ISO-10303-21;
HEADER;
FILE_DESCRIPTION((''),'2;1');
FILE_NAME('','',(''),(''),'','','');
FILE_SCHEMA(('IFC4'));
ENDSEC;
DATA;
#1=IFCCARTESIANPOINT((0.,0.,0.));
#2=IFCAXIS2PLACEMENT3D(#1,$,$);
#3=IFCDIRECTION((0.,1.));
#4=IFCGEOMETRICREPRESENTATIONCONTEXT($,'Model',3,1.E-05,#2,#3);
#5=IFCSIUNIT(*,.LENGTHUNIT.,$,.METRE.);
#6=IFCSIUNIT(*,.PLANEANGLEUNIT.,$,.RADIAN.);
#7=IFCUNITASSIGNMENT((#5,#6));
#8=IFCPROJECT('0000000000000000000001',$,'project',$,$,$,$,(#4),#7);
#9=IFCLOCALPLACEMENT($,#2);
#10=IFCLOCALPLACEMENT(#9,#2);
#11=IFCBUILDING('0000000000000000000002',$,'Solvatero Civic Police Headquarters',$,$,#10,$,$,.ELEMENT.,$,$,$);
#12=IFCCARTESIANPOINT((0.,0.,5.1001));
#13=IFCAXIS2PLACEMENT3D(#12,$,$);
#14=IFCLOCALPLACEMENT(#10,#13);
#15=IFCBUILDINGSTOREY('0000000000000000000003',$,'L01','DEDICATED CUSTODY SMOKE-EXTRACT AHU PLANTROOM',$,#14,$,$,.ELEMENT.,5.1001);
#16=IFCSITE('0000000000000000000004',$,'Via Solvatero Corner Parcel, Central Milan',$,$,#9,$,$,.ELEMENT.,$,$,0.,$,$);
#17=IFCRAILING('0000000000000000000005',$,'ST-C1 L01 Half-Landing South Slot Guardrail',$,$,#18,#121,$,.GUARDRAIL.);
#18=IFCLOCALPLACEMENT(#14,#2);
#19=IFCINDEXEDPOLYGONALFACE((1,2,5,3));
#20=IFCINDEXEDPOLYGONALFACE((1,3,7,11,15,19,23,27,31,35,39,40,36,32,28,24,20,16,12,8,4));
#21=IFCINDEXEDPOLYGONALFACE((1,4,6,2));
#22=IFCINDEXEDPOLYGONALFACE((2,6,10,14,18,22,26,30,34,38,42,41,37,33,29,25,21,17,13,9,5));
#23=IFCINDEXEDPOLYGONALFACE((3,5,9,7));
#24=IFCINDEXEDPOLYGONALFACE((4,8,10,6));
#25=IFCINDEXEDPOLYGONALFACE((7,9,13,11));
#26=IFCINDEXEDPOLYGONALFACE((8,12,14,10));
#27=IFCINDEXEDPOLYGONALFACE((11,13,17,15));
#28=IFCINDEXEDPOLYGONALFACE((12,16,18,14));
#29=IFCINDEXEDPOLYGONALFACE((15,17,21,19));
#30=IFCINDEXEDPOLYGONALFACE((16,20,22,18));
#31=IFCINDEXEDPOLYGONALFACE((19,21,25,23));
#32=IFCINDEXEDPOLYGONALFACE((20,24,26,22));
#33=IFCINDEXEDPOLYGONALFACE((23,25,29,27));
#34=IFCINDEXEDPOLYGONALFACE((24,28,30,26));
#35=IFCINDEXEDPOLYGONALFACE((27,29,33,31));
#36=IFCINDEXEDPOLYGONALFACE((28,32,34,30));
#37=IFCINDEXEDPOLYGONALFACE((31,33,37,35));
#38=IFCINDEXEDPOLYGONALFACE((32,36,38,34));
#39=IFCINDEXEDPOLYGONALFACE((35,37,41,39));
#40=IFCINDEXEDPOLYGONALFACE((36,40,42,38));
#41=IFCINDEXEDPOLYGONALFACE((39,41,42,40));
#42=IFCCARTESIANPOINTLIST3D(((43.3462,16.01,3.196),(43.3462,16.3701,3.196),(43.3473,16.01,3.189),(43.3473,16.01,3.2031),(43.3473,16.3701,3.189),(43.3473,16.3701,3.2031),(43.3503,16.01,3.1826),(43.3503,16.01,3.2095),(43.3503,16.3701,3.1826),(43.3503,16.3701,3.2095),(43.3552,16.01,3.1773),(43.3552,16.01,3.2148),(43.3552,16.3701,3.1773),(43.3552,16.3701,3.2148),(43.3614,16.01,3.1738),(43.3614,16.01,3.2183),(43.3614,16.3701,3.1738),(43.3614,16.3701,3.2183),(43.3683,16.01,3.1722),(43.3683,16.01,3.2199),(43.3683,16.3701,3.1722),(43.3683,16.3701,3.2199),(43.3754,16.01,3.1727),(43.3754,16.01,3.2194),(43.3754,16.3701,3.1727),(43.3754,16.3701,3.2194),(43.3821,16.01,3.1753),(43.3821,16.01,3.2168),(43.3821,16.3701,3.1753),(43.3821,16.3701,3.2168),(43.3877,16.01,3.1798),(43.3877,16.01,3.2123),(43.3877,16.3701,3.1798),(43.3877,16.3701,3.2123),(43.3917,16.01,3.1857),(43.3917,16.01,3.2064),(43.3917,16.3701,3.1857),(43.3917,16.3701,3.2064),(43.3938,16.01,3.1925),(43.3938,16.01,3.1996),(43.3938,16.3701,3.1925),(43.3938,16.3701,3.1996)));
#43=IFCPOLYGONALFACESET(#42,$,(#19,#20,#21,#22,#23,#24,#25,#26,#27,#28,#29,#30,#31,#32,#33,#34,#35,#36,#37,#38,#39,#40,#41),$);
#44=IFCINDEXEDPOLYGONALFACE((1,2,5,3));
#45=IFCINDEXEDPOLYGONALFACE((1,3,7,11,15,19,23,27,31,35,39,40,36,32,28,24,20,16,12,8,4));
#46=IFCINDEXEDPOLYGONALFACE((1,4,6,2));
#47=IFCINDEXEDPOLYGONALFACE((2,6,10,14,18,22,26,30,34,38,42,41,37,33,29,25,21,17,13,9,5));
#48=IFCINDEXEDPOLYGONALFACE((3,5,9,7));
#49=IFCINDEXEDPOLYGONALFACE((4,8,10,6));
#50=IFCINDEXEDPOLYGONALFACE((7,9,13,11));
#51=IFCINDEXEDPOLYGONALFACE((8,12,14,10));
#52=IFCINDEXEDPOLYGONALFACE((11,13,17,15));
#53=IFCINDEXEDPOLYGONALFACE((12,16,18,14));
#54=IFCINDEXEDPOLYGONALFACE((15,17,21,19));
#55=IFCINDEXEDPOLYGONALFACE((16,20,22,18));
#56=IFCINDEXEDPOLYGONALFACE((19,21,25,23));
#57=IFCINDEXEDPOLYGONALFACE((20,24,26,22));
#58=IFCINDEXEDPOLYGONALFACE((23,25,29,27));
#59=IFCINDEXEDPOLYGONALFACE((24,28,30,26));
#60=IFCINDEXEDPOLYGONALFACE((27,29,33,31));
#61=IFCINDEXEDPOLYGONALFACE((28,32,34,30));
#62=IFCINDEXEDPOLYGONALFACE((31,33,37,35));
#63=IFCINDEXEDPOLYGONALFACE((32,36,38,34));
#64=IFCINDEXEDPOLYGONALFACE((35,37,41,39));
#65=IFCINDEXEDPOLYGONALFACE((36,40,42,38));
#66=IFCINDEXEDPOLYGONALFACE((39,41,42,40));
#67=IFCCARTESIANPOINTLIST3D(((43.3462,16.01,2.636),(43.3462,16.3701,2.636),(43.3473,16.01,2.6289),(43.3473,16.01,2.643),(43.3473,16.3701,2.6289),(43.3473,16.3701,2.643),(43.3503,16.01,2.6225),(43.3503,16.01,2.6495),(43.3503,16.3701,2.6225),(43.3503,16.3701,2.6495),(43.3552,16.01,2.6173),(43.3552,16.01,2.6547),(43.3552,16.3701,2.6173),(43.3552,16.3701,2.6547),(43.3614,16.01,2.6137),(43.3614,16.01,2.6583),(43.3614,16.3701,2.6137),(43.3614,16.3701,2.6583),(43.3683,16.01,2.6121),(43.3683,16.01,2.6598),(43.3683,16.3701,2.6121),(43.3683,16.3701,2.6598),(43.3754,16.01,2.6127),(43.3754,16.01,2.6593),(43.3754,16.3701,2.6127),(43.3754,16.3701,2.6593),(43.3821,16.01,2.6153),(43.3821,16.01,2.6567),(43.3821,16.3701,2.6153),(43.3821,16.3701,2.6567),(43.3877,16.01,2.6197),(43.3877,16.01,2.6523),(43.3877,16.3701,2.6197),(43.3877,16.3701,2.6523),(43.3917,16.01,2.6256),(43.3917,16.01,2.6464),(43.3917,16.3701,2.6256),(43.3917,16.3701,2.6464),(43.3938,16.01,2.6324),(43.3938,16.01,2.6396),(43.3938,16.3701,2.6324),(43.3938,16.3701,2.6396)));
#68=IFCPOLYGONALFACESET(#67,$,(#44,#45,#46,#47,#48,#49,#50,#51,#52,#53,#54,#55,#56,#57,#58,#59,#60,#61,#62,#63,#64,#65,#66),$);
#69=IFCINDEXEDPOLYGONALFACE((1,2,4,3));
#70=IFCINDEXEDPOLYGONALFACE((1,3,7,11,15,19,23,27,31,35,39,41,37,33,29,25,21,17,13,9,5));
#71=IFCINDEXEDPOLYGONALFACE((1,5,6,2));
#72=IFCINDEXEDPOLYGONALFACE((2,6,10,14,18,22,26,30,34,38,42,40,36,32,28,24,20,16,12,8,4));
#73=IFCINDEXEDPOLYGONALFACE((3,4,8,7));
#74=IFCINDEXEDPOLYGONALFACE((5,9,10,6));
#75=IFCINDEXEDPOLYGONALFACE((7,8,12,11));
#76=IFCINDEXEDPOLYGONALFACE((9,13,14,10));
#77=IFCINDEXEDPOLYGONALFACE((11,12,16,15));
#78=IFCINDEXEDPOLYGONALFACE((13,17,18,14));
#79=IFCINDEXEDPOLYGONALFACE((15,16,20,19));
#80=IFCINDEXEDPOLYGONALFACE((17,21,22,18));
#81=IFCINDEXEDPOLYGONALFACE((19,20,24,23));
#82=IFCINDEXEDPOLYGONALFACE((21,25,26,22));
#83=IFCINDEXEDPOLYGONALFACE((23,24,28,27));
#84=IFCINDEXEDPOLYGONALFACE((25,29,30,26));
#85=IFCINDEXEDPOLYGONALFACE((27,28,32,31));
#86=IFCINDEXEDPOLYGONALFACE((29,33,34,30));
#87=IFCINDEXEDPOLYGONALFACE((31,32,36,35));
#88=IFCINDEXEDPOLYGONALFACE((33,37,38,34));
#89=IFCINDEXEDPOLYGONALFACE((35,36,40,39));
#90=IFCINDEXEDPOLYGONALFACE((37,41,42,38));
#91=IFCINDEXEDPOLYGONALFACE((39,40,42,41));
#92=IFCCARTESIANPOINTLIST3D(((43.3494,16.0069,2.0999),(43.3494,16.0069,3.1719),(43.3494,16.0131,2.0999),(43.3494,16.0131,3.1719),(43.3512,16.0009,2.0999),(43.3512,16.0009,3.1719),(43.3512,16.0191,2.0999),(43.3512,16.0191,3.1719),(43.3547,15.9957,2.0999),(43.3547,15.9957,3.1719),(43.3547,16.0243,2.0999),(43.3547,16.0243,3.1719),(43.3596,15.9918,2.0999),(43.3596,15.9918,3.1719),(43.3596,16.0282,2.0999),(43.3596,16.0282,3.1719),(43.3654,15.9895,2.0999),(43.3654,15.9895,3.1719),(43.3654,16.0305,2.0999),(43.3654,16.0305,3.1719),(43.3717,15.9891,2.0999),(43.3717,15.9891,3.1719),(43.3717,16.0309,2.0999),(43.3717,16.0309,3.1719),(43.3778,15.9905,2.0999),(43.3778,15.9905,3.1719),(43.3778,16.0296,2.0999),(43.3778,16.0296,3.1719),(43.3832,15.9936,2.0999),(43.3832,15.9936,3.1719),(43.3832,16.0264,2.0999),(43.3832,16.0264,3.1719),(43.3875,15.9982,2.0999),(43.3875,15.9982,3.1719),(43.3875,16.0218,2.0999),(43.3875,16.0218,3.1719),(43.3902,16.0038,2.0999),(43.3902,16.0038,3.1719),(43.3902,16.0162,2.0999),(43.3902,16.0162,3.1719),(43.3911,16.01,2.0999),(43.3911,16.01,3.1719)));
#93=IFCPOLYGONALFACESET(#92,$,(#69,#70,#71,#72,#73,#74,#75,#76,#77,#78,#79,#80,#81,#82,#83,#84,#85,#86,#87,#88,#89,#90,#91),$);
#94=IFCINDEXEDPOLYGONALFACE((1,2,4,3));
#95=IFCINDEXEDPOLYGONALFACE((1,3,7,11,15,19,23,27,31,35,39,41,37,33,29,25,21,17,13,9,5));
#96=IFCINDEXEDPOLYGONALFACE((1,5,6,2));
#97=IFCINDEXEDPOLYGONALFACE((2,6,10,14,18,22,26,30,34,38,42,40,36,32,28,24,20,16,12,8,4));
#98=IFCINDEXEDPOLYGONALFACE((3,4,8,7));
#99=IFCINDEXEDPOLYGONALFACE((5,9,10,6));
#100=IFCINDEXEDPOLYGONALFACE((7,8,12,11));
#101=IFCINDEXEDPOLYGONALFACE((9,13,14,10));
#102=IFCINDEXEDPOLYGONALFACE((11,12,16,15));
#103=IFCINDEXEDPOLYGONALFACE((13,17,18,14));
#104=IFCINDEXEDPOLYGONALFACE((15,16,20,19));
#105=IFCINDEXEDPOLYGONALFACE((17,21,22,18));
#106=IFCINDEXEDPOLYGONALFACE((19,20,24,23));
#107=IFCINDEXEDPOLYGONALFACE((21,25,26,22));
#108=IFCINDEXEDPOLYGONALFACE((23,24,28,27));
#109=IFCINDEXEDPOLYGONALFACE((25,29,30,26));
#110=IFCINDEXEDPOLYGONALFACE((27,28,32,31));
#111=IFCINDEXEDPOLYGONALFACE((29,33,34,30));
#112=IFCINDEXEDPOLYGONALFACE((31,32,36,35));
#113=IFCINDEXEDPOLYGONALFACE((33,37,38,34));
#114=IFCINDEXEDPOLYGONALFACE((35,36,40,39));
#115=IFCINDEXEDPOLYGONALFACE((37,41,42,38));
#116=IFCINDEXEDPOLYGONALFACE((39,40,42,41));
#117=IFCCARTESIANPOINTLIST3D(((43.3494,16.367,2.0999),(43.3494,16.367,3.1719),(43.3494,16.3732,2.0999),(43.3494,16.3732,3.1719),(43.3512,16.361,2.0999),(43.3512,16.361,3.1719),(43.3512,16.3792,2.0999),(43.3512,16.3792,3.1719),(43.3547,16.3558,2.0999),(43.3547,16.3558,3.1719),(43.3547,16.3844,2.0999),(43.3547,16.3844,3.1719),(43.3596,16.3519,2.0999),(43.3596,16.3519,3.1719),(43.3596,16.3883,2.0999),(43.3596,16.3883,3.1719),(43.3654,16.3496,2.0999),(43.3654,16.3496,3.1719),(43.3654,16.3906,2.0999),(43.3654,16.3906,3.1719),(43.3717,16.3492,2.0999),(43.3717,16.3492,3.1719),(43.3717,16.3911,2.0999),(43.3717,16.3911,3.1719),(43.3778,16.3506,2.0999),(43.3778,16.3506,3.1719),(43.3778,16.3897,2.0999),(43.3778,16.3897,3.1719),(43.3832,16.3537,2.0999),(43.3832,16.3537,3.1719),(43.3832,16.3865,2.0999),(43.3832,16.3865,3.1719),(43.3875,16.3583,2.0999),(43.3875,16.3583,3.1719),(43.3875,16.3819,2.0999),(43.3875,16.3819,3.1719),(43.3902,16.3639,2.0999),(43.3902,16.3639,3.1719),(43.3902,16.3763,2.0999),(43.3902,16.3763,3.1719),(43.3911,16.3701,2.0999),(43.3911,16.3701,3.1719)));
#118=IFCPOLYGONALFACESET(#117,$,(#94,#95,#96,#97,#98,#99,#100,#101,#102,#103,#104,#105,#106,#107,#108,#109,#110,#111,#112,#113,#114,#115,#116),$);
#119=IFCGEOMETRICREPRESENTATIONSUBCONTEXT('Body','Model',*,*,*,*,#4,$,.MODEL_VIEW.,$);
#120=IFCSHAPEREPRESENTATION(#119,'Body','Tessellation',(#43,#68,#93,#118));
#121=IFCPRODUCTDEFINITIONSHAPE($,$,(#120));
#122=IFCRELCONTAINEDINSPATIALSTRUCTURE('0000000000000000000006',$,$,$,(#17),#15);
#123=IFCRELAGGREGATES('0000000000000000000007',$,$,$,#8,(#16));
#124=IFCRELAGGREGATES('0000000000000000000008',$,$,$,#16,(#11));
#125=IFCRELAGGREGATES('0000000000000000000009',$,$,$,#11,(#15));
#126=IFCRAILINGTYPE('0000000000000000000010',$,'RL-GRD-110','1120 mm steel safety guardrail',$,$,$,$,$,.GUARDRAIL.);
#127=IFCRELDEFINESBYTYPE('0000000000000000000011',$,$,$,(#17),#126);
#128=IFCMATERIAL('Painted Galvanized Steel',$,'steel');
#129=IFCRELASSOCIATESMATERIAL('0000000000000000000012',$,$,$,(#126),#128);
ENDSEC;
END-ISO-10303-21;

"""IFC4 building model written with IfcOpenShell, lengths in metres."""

from ifc_helpers import new_model, si_unit, direction, frame, origin, origin_2d, place, context, subcontext, project, spatial, circle, extrude, material, type_object, element, save


model = new_model("IFC4")

# Units and contexts
model_context = context("Model", 3, precision=1e-05, world=origin(), true_north=direction((0.0, 1.0)))
body_context = subcontext(model_context, "Body", "Model", "MODEL_VIEW")
ifc_project = project(units=[si_unit("LENGTHUNIT", "METRE"), si_unit("PLANEANGLEUNIT", "RADIAN")], contexts=[model_context])

# Site, building, storey
site_placement = place(None, origin())
site = spatial("IfcSite", under=ifc_project, at=site_placement, Name="Via Solvatero Corner Parcel, Central Milan", CompositionType="ELEMENT", RefElevation=0.0)
building_placement = place(site_placement, origin())
building = spatial("IfcBuilding", under=site, at=building_placement, Name="Solvatero Civic Police Headquarters", CompositionType="ELEMENT")
storey_placement = place(building_placement, frame((0.0, 0.0, 5.1001)))
storey = spatial("IfcBuildingStorey", under=building, at=storey_placement, Name="L01", Description="DEDICATED CUSTODY SMOKE-EXTRACT AHU PLANTROOM", CompositionType="ELEMENT", Elevation=5.1001)

# Railing
ifc_material_1 = material(Name="Painted Galvanized Steel", Category="steel")
railing_type_1 = type_object("IfcRailingType", Name="RL-GRD-110", Description="1120 mm steel safety guardrail", PredefinedType="GUARDRAIL", material=ifc_material_1)
for number, where, name in (
    (1, (43.3701, 16.01, 2.0999), "ST-C1 L01 Half-Landing South Slot Guardrail"),
):
    element("IfcRailing", number, at=place(storey_placement, frame(where)), inside=storey, type_object=railing_type_1, Name=name, PredefinedType="GUARDRAIL", context=body_context, shape_type="SweptSolid", body=[
        extrude(circle(Radius=0.0239, at=origin_2d()), frame((0.0, 0.0, 1.0962), z_axis=(0.0, 1.0, 0.0), x_axis=(-1.0, 0.0, 0.0)), (0.0, 0.0, 1.0), 0.3601),
        extrude(circle(Radius=0.0239, at=origin_2d()), frame((0.0, 0.0, 0.5361), z_axis=(0.0, 1.0, 0.0), x_axis=(-1.0, 0.0, 0.0)), (0.0, 0.0, 1.0), 0.3601),
        extrude(circle(Radius=0.021, at=origin_2d()), origin(), (0.0, 0.0, 1.0), 1.072),
        extrude(circle(Radius=0.021, at=origin_2d()), frame((0.0, 0.3601, 0.0)), (0.0, 0.0, 1.0), 1.072),
    ])

save(model, "model.ifc")
